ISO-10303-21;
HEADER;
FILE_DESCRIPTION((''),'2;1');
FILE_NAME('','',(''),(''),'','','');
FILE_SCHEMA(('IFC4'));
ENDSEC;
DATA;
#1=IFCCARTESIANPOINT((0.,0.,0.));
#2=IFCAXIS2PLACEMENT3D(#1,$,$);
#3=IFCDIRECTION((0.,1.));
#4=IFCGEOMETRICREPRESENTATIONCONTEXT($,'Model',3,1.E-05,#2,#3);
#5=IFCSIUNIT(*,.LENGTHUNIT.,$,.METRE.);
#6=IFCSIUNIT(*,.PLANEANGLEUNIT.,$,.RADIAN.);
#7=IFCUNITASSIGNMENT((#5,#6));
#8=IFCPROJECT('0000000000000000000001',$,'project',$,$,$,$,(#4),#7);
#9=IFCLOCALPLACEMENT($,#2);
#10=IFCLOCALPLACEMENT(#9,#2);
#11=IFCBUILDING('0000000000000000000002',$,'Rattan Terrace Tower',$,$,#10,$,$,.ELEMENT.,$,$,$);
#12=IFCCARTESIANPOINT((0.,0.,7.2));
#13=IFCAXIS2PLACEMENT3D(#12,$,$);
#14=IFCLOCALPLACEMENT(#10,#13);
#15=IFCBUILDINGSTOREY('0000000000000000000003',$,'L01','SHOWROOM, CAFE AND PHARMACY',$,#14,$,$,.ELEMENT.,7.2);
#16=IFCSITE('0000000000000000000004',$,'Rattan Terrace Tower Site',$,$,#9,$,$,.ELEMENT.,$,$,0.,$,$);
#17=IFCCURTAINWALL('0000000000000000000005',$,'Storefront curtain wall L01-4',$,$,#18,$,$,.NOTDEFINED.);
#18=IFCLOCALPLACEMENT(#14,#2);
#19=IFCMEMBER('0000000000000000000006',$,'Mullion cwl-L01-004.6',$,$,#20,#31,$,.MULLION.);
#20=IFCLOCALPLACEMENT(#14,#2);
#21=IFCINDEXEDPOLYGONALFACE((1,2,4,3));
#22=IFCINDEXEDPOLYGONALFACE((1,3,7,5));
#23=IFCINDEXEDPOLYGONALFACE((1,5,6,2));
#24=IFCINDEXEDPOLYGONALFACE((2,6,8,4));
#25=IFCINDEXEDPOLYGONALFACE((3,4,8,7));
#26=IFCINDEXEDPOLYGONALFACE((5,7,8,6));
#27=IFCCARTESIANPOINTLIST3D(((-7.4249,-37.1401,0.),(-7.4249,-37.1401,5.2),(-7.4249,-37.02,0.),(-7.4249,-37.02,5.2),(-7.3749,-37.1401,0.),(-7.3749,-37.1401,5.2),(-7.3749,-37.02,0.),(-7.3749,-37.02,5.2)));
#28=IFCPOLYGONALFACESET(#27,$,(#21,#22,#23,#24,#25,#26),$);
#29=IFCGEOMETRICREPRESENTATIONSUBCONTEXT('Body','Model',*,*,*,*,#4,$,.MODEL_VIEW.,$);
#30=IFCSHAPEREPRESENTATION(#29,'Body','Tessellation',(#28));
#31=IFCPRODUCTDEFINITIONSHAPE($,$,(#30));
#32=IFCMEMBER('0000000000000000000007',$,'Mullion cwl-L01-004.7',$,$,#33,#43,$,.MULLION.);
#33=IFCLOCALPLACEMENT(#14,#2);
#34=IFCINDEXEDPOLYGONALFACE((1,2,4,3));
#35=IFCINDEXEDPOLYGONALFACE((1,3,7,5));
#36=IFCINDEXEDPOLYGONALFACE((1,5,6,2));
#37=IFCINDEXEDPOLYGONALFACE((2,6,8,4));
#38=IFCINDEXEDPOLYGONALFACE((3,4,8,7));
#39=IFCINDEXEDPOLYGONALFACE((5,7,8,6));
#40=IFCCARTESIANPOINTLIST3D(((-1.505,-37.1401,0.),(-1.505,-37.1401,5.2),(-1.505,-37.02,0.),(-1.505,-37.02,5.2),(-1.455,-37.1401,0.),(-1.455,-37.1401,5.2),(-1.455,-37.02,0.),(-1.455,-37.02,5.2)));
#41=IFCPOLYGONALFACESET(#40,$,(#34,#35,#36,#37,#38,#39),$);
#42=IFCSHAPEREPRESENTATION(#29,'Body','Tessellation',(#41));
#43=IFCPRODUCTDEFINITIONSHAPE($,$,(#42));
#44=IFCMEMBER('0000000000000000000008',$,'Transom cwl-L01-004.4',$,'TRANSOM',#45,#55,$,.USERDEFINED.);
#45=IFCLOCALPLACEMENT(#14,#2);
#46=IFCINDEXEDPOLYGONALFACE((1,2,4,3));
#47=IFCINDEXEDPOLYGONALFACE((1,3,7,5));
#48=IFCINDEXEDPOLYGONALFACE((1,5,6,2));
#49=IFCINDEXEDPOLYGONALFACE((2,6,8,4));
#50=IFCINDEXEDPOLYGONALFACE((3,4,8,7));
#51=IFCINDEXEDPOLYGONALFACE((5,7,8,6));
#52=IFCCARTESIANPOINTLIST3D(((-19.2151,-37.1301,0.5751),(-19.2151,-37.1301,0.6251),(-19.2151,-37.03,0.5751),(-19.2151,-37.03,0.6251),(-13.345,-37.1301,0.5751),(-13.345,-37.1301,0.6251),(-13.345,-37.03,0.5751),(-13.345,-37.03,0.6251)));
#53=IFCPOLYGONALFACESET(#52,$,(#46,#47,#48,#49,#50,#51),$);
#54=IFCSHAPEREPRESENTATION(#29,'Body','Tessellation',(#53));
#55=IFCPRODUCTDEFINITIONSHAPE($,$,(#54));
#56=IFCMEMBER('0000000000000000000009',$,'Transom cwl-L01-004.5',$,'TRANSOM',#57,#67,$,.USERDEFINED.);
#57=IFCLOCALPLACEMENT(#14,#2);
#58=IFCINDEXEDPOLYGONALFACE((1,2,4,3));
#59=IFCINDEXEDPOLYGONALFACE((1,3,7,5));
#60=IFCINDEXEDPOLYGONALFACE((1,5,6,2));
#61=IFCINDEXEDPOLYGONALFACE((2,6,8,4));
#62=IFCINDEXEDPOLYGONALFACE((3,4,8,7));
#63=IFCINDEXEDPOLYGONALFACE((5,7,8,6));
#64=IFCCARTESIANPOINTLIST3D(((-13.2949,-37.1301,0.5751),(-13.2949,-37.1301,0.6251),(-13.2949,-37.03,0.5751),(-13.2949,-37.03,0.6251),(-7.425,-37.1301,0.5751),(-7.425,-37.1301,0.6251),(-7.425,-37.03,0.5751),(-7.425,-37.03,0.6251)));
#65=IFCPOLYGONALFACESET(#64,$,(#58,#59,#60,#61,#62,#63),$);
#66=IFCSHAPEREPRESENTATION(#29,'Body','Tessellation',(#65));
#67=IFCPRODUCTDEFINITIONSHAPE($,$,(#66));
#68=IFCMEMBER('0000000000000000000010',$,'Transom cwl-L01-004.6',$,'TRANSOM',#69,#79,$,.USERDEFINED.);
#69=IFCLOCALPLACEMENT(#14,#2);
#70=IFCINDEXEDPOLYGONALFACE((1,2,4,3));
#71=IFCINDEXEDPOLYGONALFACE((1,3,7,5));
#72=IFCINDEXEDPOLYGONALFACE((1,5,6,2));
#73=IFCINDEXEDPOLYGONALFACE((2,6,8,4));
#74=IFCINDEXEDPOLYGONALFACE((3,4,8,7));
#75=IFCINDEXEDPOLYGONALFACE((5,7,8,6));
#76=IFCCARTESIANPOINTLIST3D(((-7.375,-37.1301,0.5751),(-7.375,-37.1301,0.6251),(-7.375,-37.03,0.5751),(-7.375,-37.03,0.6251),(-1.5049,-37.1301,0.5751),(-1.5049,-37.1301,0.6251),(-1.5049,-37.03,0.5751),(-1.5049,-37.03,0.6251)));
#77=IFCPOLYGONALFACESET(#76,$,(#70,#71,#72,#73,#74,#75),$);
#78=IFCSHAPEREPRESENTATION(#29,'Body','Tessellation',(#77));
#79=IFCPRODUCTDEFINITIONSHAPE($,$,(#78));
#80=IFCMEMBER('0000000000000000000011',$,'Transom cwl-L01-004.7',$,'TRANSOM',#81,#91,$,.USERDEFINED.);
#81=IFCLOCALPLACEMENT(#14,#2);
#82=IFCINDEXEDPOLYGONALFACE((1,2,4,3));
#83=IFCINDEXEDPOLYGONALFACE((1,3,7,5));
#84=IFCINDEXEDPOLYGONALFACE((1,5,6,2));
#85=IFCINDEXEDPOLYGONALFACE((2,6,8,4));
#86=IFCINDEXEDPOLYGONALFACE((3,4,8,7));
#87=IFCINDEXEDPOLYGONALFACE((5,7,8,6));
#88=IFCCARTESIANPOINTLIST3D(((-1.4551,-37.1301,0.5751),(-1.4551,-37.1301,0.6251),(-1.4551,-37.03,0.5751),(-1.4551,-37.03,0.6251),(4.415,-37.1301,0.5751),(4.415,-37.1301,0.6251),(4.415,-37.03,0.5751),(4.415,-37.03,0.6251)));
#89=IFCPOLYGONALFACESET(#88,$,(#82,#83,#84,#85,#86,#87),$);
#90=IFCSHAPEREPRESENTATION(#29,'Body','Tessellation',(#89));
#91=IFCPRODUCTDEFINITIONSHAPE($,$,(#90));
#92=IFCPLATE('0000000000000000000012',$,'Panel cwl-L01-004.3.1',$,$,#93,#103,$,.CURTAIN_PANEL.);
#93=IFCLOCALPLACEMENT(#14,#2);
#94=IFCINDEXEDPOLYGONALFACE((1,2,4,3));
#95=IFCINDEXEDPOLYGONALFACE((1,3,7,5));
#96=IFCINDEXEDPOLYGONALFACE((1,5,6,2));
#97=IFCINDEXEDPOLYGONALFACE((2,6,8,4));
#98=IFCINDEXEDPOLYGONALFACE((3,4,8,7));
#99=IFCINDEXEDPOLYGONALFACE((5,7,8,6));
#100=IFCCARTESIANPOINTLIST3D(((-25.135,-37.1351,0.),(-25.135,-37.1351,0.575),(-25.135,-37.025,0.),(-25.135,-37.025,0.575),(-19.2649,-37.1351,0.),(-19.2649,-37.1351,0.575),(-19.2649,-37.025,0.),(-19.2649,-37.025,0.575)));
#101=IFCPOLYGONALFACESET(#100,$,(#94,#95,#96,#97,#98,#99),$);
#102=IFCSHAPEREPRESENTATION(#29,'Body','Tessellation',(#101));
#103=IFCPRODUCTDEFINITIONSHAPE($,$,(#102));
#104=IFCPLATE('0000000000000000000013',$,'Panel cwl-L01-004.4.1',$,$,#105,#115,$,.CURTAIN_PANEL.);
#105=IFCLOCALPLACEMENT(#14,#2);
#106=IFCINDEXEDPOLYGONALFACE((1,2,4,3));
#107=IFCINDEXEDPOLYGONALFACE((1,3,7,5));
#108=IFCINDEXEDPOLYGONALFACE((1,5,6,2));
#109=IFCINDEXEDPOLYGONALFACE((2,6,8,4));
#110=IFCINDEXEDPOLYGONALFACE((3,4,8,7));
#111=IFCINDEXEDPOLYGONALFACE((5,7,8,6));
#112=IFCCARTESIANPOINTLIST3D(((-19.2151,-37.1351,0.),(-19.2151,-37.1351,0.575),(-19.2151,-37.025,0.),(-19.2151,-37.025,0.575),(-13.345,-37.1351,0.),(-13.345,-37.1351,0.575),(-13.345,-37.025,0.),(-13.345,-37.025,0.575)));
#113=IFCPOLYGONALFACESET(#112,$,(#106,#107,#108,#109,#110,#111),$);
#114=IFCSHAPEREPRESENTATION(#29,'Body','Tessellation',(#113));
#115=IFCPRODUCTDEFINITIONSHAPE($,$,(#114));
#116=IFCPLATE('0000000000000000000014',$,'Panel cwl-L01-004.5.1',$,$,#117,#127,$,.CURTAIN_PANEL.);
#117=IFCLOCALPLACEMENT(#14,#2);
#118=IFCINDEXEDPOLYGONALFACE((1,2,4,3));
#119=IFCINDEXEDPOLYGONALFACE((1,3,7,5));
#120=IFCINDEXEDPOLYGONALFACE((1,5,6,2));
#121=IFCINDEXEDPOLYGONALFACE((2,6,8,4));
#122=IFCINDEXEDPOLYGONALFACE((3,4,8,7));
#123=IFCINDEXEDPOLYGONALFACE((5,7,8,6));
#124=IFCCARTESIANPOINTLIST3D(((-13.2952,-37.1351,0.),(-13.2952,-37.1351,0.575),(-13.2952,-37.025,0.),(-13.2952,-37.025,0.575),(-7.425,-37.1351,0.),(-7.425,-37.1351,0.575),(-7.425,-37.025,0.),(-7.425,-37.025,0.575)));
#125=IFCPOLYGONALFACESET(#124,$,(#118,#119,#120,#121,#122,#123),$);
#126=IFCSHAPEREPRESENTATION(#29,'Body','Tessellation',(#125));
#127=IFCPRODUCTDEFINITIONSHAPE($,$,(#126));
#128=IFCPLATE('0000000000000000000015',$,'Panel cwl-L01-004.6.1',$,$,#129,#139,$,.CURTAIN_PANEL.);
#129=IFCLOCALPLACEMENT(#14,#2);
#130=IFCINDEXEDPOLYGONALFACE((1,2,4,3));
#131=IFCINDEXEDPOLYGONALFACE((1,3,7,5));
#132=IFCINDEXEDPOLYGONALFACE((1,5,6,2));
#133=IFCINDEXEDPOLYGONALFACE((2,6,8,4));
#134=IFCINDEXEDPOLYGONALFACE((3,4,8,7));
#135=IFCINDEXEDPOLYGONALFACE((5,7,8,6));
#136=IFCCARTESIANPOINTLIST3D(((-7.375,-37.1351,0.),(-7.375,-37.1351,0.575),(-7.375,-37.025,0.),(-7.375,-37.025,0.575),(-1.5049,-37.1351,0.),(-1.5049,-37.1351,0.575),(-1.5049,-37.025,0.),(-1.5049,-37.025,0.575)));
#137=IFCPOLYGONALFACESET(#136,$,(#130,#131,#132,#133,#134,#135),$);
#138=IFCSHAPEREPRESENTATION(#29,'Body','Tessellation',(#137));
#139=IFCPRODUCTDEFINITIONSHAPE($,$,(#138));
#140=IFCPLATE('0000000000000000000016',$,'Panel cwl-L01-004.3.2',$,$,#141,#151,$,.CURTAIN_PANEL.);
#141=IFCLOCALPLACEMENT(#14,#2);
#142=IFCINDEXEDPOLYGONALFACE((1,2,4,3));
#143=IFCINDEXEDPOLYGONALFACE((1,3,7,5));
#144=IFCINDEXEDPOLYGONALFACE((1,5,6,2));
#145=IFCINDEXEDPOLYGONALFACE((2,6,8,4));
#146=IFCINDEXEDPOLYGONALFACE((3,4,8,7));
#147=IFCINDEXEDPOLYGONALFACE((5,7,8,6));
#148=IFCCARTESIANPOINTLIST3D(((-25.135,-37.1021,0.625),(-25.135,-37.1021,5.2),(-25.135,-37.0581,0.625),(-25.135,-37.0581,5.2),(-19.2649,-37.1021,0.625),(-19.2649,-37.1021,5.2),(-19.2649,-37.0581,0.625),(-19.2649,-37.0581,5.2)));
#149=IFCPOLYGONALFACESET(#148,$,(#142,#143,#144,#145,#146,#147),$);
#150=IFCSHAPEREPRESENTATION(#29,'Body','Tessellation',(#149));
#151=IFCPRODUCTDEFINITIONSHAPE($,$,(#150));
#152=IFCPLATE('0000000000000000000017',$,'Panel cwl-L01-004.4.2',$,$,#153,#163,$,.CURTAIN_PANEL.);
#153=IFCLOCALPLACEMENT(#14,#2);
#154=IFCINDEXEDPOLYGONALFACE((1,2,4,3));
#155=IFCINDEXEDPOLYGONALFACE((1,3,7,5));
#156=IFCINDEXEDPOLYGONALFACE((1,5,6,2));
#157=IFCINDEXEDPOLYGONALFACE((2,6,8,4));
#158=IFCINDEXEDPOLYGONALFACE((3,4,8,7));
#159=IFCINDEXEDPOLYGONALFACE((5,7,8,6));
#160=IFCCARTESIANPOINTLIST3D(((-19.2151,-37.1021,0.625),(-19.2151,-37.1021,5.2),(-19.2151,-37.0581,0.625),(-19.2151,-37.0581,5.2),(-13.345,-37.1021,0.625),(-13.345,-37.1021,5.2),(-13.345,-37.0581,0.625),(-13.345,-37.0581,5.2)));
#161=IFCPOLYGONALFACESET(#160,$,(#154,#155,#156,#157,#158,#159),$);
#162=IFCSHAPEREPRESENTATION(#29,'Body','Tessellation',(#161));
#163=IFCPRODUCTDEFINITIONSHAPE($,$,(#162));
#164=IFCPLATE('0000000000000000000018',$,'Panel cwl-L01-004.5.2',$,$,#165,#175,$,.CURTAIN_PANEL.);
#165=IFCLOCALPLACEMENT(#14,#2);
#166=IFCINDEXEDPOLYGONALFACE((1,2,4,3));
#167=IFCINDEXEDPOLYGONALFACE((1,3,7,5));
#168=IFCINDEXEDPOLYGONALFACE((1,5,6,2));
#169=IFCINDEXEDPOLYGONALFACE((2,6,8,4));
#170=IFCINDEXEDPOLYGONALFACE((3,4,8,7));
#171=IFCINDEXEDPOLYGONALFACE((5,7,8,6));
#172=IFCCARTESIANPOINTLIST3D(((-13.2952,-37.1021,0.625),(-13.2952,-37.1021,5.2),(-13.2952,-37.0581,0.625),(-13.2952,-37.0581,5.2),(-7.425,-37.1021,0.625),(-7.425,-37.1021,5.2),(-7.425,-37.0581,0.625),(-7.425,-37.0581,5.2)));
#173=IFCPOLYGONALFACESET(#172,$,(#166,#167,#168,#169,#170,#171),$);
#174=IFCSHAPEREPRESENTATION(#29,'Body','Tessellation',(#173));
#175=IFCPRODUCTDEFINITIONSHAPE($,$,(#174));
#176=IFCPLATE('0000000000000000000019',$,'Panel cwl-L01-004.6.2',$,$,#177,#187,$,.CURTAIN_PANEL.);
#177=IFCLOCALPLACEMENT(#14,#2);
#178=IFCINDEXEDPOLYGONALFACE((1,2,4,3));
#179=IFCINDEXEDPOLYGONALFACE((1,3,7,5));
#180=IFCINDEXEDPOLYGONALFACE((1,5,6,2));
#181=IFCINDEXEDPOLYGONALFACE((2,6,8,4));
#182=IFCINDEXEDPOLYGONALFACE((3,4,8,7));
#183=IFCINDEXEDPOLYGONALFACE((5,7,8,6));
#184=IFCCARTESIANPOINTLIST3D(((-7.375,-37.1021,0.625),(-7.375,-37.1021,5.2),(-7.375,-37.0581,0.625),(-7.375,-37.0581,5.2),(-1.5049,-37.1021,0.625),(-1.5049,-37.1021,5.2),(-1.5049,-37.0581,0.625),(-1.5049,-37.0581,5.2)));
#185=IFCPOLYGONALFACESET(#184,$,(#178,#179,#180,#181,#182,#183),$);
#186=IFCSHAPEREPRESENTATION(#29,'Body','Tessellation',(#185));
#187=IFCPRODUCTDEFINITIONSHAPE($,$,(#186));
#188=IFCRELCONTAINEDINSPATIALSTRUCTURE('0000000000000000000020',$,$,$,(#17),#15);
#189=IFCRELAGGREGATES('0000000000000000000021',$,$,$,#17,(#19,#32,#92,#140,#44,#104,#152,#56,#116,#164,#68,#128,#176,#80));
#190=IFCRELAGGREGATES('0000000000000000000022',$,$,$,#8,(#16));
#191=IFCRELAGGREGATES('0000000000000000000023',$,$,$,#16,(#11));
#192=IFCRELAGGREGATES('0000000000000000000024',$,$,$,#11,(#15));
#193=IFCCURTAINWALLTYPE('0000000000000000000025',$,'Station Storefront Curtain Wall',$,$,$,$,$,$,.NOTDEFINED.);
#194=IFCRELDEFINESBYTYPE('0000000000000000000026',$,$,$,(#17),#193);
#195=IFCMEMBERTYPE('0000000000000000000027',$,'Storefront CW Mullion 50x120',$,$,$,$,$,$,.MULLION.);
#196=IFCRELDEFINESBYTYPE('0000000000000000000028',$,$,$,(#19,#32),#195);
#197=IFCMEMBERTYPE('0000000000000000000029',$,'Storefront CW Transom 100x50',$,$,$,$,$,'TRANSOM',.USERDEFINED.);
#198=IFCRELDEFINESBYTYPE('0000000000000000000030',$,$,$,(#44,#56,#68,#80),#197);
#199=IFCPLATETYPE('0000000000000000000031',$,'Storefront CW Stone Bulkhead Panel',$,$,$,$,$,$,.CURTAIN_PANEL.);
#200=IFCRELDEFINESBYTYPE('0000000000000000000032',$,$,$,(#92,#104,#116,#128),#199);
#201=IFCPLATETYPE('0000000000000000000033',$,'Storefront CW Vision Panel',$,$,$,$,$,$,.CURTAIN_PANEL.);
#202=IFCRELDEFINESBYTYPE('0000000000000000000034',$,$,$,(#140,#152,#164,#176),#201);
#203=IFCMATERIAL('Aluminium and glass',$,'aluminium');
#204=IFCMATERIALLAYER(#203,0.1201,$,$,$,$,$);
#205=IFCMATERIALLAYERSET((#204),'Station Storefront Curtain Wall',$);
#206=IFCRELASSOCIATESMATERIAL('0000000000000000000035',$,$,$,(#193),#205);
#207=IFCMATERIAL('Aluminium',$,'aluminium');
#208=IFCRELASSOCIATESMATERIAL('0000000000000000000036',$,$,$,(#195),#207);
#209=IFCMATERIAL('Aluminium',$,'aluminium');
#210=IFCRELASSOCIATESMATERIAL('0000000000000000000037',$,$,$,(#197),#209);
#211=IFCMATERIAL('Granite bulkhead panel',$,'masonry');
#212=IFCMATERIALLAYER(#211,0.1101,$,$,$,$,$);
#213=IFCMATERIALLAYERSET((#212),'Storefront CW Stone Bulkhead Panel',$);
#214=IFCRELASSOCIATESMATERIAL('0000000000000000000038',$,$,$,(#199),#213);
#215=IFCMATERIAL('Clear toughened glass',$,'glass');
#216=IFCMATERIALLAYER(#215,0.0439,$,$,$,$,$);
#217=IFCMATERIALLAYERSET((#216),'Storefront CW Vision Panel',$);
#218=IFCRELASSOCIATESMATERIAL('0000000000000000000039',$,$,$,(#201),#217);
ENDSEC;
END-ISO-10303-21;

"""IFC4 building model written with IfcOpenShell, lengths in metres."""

from ifc_helpers import new_model, si_unit, direction, frame, origin, origin_2d, place, context, subcontext, project, spatial, rectangle, extrude, material, layer, layer_set, material_profile, profile_set, type_object, element, aggregate, save


model = new_model("IFC4")

# Units and contexts
model_context = context("Model", 3, precision=1e-05, world=origin(), true_north=direction((0.0, 1.0)))
body_context = subcontext(model_context, "Body", "Model", "MODEL_VIEW")
ifc_project = project(units=[si_unit("LENGTHUNIT", "METRE"), si_unit("PLANEANGLEUNIT", "RADIAN")], contexts=[model_context])

# Site, building, storey
site_placement = place(None, origin())
site = spatial("IfcSite", under=ifc_project, at=site_placement, Name="Rattan Terrace Tower Site", CompositionType="ELEMENT", RefElevation=0.0)
building_placement = place(site_placement, origin())
building = spatial("IfcBuilding", under=site, at=building_placement, Name="Rattan Terrace Tower", CompositionType="ELEMENT")
storey_placement = place(building_placement, frame((0.0, 0.0, 7.2)))
storey = spatial("IfcBuildingStorey", under=building, at=storey_placement, Name="L01", Description="SHOWROOM, CAFE AND PHARMACY", CompositionType="ELEMENT", Elevation=7.2)

# Curtain wall, members, plates
ifc_material_1 = material(Name="Aluminium and glass", Category="aluminium")
ifc_layer_1 = layer(ifc_material_1, 0.1201)
ifc_layer_set_1 = layer_set([ifc_layer_1], Name="Station Storefront Curtain Wall")
curtain_wall_type = type_object("IfcCurtainWallType", Name="Station Storefront Curtain Wall", PredefinedType="NOTDEFINED", material=ifc_layer_set_1)
curtain_wall_placement = place(storey_placement, origin())
curtain_wall = element("IfcCurtainWall", 1, at=curtain_wall_placement, inside=storey, type_object=curtain_wall_type, Name="Storefront curtain wall L01-4", PredefinedType="NOTDEFINED")
ifc_material_2 = material(Name="Aluminium", Category="aluminium")
ifc_material_profile_1 = material_profile(ifc_material_2, rectangle(XDim=0.05, YDim=0.1201, at=origin_2d()), Name="Aluminium 50x120")
ifc_profile_set_1 = profile_set([ifc_material_profile_1], Name="Aluminium")
member_type_1 = type_object("IfcMemberType", Name="Storefront CW Mullion 50x120", PredefinedType="MULLION", material=ifc_profile_set_1)
member_1_placement = place(storey_placement, frame((-7.3999, -37.0801, 0.0), z_axis=(0.0, 0.0, 1.0), x_axis=(1.0, 0.0, 0.0)))
member_1 = element("IfcMember", 2, at=member_1_placement, type_object=member_type_1, Name="Mullion cwl-L01-004.6", PredefinedType="MULLION", context=body_context, shape_type="SweptSolid", body=[
    extrude(rectangle(XDim=0.05, YDim=0.1201, at=origin_2d()), origin(), (0.0, 0.0, 1.0), 5.2),
])
member_2_placement = place(storey_placement, frame((-1.48, -37.0801, 0.0), z_axis=(0.0, 0.0, 1.0), x_axis=(1.0, 0.0, 0.0)))
member_2 = element("IfcMember", 3, at=member_2_placement, type_object=member_type_1, Name="Mullion cwl-L01-004.7", PredefinedType="MULLION", context=body_context, shape_type="SweptSolid", body=[
    extrude(rectangle(XDim=0.05, YDim=0.1201, at=origin_2d()), origin(), (0.0, 0.0, 1.0), 5.2),
])
ifc_material_3 = material(Name="Aluminium", Category="aluminium")
ifc_material_profile_2 = material_profile(ifc_material_3, rectangle(XDim=0.1001, YDim=0.05, at=origin_2d()), Name="Aluminium 100x50")
ifc_profile_set_2 = profile_set([ifc_material_profile_2], Name="Aluminium")
member_type_2 = type_object("IfcMemberType", Name="Storefront CW Transom 100x50", ElementType="TRANSOM", PredefinedType="USERDEFINED", material=ifc_profile_set_2)
member_3_placement = place(storey_placement, frame((-19.2151, -37.0801, 0.6001), z_axis=(1.0, 0.0, 0.0), x_axis=(0.0, 1.0, 0.0)))
member_3 = element("IfcMember", 4, at=member_3_placement, type_object=member_type_2, Name="Transom cwl-L01-004.4", ObjectType="TRANSOM", PredefinedType="USERDEFINED", context=body_context, shape_type="SweptSolid", body=[
    extrude(rectangle(XDim=0.1001, YDim=0.05, at=origin_2d()), origin(), (0.0, 0.0, 1.0), 5.8701),
])
member_4_placement = place(storey_placement, frame((-13.2949, -37.0801, 0.6001), z_axis=(1.0, 0.0, 0.0), x_axis=(0.0, 1.0, 0.0)))
member_4 = element("IfcMember", 5, at=member_4_placement, type_object=member_type_2, Name="Transom cwl-L01-004.5", ObjectType="TRANSOM", PredefinedType="USERDEFINED", context=body_context, shape_type="SweptSolid", body=[
    extrude(rectangle(XDim=0.1001, YDim=0.05, at=origin_2d()), origin(), (0.0, 0.0, 1.0), 5.8699),
])
member_5_placement = place(storey_placement, frame((-7.375, -37.0801, 0.6001), z_axis=(1.0, 0.0, 0.0), x_axis=(0.0, 1.0, 0.0)))
member_5 = element("IfcMember", 6, at=member_5_placement, type_object=member_type_2, Name="Transom cwl-L01-004.6", ObjectType="TRANSOM", PredefinedType="USERDEFINED", context=body_context, shape_type="SweptSolid", body=[
    extrude(rectangle(XDim=0.1001, YDim=0.05, at=origin_2d()), origin(), (0.0, 0.0, 1.0), 5.8701),
])
member_6_placement = place(storey_placement, frame((-1.4551, -37.0801, 0.6001), z_axis=(1.0, 0.0, 0.0), x_axis=(0.0, 1.0, 0.0)))
member_6 = element("IfcMember", 7, at=member_6_placement, type_object=member_type_2, Name="Transom cwl-L01-004.7", ObjectType="TRANSOM", PredefinedType="USERDEFINED", context=body_context, shape_type="SweptSolid", body=[
    extrude(rectangle(XDim=0.1001, YDim=0.05, at=origin_2d()), origin(), (0.0, 0.0, 1.0), 5.8701),
])
ifc_material_4 = material(Name="Granite bulkhead panel", Category="masonry")
ifc_layer_2 = layer(ifc_material_4, 0.1101)
ifc_layer_set_2 = layer_set([ifc_layer_2], Name="Storefront CW Stone Bulkhead Panel")
plate_type_1 = type_object("IfcPlateType", Name="Storefront CW Stone Bulkhead Panel", PredefinedType="CURTAIN_PANEL", material=ifc_layer_set_2)
plate_1_placement = place(storey_placement, frame((-22.2, -37.0801, 0.0), z_axis=(0.0, 0.0, 1.0), x_axis=(1.0, 0.0, 0.0)))
plate_1 = element("IfcPlate", 8, at=plate_1_placement, type_object=plate_type_1, Name="Panel cwl-L01-004.3.1", PredefinedType="CURTAIN_PANEL", context=body_context, shape_type="SweptSolid", body=[
    extrude(rectangle(XDim=5.8701, YDim=0.1101, at=origin_2d()), origin(), (0.0, 0.0, 1.0), 0.575),
])
plate_2_placement = place(storey_placement, frame((-16.28, -37.0801, 0.0), z_axis=(0.0, 0.0, 1.0), x_axis=(1.0, 0.0, 0.0)))
plate_2 = element("IfcPlate", 9, at=plate_2_placement, type_object=plate_type_1, Name="Panel cwl-L01-004.4.1", PredefinedType="CURTAIN_PANEL", context=body_context, shape_type="SweptSolid", body=[
    extrude(rectangle(XDim=5.8701, YDim=0.1101, at=origin_2d()), origin(), (0.0, 0.0, 1.0), 0.575),
])
plate_3_placement = place(storey_placement, frame((-10.3601, -37.0801, 0.0), z_axis=(0.0, 0.0, 1.0), x_axis=(1.0, 0.0, 0.0)))
plate_3 = element("IfcPlate", 10, at=plate_3_placement, type_object=plate_type_1, Name="Panel cwl-L01-004.5.1", PredefinedType="CURTAIN_PANEL", context=body_context, shape_type="SweptSolid", body=[
    extrude(rectangle(XDim=5.8701, YDim=0.1101, at=origin_2d()), origin(), (0.0, 0.0, 1.0), 0.575),
])
plate_4_placement = place(storey_placement, frame((-4.4399, -37.0801, 0.0), z_axis=(0.0, 0.0, 1.0), x_axis=(1.0, 0.0, 0.0)))
plate_4 = element("IfcPlate", 11, at=plate_4_placement, type_object=plate_type_1, Name="Panel cwl-L01-004.6.1", PredefinedType="CURTAIN_PANEL", context=body_context, shape_type="SweptSolid", body=[
    extrude(rectangle(XDim=5.8701, YDim=0.1101, at=origin_2d()), origin(), (0.0, 0.0, 1.0), 0.575),
])
ifc_material_5 = material(Name="Clear toughened glass", Category="glass")
ifc_layer_3 = layer(ifc_material_5, 0.0439)
ifc_layer_set_3 = layer_set([ifc_layer_3], Name="Storefront CW Vision Panel")
plate_type_2 = type_object("IfcPlateType", Name="Storefront CW Vision Panel", PredefinedType="CURTAIN_PANEL", material=ifc_layer_set_3)
plate_5_placement = place(storey_placement, frame((-22.2, -37.0801, 0.625), z_axis=(0.0, 0.0, 1.0), x_axis=(1.0, 0.0, 0.0)))
plate_5 = element("IfcPlate", 12, at=plate_5_placement, type_object=plate_type_2, Name="Panel cwl-L01-004.3.2", PredefinedType="CURTAIN_PANEL", context=body_context, shape_type="SweptSolid", body=[
    extrude(rectangle(XDim=5.8701, YDim=0.0439, at=origin_2d()), origin(), (0.0, 0.0, 1.0), 4.575),
])
plate_6_placement = place(storey_placement, frame((-16.28, -37.0801, 0.625), z_axis=(0.0, 0.0, 1.0), x_axis=(1.0, 0.0, 0.0)))
plate_6 = element("IfcPlate", 13, at=plate_6_placement, type_object=plate_type_2, Name="Panel cwl-L01-004.4.2", PredefinedType="CURTAIN_PANEL", context=body_context, shape_type="SweptSolid", body=[
    extrude(rectangle(XDim=5.8701, YDim=0.0439, at=origin_2d()), origin(), (0.0, 0.0, 1.0), 4.575),
])
plate_7_placement = place(storey_placement, frame((-10.3601, -37.0801, 0.625), z_axis=(0.0, 0.0, 1.0), x_axis=(1.0, 0.0, 0.0)))
plate_7 = element("IfcPlate", 14, at=plate_7_placement, type_object=plate_type_2, Name="Panel cwl-L01-004.5.2", PredefinedType="CURTAIN_PANEL", context=body_context, shape_type="SweptSolid", body=[
    extrude(rectangle(XDim=5.8701, YDim=0.0439, at=origin_2d()), origin(), (0.0, 0.0, 1.0), 4.575),
])
plate_8_placement = place(storey_placement, frame((-4.4399, -37.0801, 0.625), z_axis=(0.0, 0.0, 1.0), x_axis=(1.0, 0.0, 0.0)))
plate_8 = element("IfcPlate", 15, at=plate_8_placement, type_object=plate_type_2, Name="Panel cwl-L01-004.6.2", PredefinedType="CURTAIN_PANEL", context=body_context, shape_type="SweptSolid", body=[
    extrude(rectangle(XDim=5.8701, YDim=0.0439, at=origin_2d()), origin(), (0.0, 0.0, 1.0), 4.575),
])
aggregate(curtain_wall, [member_1, member_2, plate_1, plate_5, member_3, plate_2, plate_6, member_4, plate_3, plate_7, member_5, plate_4, plate_8, member_6])

save(model, "model.ifc")
